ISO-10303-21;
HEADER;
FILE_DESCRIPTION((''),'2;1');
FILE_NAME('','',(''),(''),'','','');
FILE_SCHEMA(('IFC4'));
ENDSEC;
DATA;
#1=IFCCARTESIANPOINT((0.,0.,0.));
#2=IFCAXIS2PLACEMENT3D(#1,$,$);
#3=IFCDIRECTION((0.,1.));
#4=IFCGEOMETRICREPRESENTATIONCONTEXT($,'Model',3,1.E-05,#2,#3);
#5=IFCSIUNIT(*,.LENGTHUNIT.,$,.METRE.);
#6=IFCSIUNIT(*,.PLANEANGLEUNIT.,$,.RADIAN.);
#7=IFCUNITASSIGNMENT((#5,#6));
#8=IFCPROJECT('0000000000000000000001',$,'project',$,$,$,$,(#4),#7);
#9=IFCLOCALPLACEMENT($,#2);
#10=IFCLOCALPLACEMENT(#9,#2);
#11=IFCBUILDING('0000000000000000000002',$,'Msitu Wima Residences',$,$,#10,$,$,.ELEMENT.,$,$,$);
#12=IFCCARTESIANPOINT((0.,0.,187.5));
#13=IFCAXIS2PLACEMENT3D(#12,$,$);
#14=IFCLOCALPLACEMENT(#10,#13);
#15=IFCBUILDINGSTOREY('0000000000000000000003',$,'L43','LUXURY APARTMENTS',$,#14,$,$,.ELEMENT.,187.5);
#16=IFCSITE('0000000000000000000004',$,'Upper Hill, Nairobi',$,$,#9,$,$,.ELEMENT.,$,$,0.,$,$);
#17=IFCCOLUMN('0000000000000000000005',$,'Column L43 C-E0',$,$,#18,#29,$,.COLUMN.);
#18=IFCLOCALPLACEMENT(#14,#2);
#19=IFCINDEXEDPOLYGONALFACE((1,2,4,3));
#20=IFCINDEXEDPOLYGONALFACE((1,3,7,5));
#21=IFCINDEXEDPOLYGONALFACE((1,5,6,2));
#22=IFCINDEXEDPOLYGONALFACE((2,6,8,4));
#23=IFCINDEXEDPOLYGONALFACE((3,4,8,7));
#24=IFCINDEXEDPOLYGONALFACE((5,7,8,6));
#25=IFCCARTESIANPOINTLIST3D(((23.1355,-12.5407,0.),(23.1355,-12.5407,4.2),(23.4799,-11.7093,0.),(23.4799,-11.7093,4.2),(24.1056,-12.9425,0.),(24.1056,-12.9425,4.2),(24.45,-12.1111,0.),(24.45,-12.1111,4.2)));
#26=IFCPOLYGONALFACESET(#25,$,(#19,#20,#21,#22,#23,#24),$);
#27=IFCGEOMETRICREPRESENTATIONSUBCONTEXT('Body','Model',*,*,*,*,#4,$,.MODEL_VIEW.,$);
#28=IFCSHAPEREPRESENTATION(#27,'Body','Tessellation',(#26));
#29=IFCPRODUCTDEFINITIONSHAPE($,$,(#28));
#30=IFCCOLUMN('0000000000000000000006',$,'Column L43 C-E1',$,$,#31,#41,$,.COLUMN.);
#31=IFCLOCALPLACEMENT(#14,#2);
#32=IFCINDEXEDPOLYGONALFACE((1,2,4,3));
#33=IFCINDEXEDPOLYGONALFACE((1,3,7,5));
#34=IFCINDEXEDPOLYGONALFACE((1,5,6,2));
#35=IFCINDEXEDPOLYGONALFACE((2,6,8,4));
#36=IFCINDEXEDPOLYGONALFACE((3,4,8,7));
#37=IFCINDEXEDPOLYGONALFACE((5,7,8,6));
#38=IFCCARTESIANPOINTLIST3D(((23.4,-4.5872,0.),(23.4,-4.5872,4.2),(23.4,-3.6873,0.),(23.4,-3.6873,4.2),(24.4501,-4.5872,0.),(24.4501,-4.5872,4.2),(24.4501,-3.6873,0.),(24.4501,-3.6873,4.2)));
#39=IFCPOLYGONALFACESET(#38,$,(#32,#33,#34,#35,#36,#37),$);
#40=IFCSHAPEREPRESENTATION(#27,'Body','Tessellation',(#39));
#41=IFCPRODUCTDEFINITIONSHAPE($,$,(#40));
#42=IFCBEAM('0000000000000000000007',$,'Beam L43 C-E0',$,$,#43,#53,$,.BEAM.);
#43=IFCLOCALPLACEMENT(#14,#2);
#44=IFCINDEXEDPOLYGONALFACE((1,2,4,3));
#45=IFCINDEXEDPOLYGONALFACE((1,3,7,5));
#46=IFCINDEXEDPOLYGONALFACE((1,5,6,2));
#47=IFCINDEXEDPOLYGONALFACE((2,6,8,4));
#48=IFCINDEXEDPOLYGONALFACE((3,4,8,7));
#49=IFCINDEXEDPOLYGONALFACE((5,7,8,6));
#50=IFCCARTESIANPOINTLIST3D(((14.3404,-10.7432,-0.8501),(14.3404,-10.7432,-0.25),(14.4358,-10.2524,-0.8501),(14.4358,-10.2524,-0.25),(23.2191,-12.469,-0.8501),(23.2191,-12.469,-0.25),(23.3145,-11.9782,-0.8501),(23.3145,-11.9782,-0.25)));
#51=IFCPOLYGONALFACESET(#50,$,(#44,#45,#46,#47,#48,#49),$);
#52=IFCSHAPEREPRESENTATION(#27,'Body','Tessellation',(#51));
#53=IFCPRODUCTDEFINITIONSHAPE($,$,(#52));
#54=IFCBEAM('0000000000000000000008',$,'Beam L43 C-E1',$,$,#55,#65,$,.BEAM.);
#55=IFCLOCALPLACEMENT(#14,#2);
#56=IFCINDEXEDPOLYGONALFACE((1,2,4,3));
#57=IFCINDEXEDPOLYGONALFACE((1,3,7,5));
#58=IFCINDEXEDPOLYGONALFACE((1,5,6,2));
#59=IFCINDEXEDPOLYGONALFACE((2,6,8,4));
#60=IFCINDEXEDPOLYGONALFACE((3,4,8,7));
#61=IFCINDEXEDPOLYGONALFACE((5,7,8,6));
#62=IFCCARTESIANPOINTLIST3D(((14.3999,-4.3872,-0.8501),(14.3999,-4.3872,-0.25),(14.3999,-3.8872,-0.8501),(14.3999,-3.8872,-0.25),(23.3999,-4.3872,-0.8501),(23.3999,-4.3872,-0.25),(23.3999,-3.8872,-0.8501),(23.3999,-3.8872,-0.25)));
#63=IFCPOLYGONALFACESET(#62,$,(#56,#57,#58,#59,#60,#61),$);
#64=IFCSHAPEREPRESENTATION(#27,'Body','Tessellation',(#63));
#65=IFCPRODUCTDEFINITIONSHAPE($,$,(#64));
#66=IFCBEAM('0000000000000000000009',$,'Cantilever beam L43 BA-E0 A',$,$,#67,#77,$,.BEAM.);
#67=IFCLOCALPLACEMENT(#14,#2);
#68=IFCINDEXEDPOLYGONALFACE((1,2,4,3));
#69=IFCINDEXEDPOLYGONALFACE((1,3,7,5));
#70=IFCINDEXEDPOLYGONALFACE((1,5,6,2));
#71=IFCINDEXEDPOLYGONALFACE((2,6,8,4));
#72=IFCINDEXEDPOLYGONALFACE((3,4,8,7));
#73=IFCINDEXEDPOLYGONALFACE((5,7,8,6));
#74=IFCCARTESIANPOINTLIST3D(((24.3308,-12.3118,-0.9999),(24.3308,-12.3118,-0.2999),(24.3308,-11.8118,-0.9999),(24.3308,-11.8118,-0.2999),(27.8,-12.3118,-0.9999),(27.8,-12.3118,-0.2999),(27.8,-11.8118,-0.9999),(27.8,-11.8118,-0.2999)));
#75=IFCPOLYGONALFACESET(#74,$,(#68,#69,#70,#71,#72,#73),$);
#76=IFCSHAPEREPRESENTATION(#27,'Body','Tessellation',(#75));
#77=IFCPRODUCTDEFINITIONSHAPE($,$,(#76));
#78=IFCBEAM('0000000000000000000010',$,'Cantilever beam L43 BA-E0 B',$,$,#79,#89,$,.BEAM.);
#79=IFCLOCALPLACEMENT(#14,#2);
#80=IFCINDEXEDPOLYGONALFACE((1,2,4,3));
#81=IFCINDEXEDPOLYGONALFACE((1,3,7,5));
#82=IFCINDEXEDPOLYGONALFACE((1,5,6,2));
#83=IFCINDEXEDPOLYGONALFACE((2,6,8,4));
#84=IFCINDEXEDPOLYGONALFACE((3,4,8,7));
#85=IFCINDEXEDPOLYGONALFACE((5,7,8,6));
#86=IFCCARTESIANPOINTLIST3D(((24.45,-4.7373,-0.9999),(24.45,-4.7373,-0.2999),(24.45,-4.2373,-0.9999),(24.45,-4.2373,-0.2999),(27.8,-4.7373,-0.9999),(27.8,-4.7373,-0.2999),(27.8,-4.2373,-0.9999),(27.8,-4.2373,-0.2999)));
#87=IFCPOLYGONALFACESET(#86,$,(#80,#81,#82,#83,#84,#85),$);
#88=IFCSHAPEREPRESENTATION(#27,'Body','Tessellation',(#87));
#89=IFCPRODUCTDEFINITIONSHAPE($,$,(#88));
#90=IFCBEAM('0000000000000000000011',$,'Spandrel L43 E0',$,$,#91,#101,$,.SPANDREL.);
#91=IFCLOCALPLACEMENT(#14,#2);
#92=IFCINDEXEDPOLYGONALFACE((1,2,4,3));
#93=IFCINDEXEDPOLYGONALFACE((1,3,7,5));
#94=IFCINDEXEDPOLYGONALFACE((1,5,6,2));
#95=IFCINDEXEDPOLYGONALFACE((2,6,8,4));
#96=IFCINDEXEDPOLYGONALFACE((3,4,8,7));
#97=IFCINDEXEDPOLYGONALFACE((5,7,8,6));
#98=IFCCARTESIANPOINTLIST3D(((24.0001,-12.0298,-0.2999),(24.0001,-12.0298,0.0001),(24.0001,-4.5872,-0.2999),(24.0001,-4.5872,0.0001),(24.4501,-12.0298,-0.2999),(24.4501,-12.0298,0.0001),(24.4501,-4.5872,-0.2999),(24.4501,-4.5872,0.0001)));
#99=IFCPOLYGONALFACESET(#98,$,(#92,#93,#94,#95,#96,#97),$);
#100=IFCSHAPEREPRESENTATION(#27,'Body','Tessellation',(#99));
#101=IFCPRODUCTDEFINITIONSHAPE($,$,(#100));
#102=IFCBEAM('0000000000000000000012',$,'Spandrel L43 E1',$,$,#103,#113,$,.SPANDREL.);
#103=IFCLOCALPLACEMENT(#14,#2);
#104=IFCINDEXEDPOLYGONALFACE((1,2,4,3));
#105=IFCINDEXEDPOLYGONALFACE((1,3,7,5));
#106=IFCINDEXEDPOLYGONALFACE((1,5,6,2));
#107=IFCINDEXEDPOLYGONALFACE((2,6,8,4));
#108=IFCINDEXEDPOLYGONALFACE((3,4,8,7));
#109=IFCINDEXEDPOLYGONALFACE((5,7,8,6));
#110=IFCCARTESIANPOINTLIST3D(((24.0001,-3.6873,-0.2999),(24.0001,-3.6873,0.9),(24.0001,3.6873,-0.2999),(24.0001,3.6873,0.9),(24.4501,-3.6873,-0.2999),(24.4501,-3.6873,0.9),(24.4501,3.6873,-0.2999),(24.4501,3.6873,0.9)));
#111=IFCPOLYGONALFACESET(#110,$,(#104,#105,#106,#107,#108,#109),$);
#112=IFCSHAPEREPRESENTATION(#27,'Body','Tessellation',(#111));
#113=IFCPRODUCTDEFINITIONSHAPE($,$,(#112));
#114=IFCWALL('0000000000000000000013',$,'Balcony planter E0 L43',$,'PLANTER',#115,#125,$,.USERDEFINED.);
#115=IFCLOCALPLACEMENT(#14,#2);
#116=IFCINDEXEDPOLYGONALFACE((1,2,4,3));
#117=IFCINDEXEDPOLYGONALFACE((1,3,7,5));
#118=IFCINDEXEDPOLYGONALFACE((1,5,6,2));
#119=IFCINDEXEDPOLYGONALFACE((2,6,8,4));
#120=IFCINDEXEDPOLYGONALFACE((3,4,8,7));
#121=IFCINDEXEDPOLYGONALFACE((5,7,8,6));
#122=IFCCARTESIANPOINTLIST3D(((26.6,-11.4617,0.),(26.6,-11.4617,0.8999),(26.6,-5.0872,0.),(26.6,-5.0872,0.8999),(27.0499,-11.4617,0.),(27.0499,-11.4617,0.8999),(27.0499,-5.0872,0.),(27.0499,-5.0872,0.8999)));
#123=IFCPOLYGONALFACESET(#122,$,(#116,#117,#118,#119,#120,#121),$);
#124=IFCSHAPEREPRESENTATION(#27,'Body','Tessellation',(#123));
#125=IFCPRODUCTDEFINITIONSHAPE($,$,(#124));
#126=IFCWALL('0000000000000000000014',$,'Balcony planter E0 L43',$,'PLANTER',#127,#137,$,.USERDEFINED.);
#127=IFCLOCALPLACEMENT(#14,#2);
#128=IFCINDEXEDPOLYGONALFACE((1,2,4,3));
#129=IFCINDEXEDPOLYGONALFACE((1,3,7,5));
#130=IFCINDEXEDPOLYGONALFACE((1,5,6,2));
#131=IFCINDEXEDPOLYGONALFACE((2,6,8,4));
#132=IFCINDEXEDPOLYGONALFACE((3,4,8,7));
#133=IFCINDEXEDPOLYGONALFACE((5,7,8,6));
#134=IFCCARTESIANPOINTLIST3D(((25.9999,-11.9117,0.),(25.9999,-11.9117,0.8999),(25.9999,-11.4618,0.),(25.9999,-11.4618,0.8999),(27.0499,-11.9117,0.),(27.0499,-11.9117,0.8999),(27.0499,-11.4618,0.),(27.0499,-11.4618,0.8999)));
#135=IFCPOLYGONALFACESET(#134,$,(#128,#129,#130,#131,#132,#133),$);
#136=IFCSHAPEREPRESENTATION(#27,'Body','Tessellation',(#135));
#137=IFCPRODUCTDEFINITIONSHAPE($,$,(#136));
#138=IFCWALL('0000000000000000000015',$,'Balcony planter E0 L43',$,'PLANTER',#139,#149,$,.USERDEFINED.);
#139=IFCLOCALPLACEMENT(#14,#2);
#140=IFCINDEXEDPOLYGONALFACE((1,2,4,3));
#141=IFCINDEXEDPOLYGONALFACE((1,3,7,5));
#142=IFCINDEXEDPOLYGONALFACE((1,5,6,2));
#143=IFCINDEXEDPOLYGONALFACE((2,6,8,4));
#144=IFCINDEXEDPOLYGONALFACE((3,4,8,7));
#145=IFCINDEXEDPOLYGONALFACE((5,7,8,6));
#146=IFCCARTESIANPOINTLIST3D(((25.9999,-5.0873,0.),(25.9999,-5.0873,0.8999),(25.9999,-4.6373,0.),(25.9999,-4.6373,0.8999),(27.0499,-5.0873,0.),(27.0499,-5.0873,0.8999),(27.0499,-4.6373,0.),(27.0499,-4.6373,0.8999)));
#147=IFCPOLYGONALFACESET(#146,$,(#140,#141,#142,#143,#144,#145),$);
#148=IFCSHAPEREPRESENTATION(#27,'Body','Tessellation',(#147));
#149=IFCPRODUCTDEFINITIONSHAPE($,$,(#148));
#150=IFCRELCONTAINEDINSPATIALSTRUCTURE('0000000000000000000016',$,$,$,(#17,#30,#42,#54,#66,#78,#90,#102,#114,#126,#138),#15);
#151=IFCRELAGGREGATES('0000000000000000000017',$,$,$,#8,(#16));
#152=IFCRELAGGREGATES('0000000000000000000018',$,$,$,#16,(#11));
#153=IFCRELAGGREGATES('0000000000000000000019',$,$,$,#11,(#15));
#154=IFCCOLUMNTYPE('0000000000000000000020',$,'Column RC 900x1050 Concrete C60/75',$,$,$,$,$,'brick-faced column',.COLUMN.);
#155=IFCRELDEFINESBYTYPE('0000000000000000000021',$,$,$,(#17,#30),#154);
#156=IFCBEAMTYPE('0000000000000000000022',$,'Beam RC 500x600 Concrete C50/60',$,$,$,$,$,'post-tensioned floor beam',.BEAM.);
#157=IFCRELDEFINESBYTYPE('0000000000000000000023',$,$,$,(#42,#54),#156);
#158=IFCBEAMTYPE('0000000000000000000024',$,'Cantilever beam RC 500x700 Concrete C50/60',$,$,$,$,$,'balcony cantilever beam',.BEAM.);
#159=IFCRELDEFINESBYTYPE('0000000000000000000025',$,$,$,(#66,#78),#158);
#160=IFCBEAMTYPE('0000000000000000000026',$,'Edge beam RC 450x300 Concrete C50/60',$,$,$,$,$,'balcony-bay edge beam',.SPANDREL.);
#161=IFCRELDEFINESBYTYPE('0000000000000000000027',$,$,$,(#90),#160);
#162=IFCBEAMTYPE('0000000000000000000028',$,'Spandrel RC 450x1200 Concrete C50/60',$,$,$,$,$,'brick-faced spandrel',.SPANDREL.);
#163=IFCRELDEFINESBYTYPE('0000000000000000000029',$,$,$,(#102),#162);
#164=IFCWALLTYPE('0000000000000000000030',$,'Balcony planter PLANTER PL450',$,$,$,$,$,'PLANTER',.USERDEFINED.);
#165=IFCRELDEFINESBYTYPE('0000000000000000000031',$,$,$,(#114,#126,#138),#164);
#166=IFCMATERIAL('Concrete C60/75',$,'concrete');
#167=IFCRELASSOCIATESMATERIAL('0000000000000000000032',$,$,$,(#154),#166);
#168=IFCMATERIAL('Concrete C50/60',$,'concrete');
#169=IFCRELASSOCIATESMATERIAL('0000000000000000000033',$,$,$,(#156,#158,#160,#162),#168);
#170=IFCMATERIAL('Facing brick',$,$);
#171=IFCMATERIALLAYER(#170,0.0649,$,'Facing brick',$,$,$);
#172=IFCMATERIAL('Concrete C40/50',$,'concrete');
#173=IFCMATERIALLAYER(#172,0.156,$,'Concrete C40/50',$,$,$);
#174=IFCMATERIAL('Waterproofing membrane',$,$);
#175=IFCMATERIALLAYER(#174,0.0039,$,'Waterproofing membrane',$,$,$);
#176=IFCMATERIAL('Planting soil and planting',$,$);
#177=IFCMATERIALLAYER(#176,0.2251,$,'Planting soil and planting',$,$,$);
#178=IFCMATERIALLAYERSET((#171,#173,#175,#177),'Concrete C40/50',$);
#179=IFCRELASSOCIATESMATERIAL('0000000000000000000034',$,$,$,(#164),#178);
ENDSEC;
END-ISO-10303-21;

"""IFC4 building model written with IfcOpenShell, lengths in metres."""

from ifc_helpers import new_model, si_unit, direction, frame, frame_2d, origin, origin_2d, place, context, subcontext, project, spatial, rectangle, extrude, material, layer, layer_set, material_profile, profile_set, type_object, element, save


model = new_model("IFC4")

# Units and contexts
model_context = context("Model", 3, precision=1e-05, world=origin(), true_north=direction((0.0, 1.0)))
body_context = subcontext(model_context, "Body", "Model", "MODEL_VIEW")
ifc_project = project(units=[si_unit("LENGTHUNIT", "METRE"), si_unit("PLANEANGLEUNIT", "RADIAN")], contexts=[model_context])

# Site, building, storey
site_placement = place(None, origin())
site = spatial("IfcSite", under=ifc_project, at=site_placement, Name="Upper Hill, Nairobi", CompositionType="ELEMENT", RefElevation=0.0)
building_placement = place(site_placement, origin())
building = spatial("IfcBuilding", under=site, at=building_placement, Name="Msitu Wima Residences", CompositionType="ELEMENT")
storey_placement = place(building_placement, frame((0.0, 0.0, 187.5)))
storey = spatial("IfcBuildingStorey", under=building, at=storey_placement, Name="L43", Description="LUXURY APARTMENTS", CompositionType="ELEMENT", Elevation=187.5)

# Columns
ifc_material_1 = material(Name="Concrete C60/75", Category="concrete")
ifc_material_profile_1 = material_profile(ifc_material_1, rectangle(XDim=0.8999, YDim=1.05, at=origin_2d()), Name="RC 900x1050")
ifc_profile_set_1 = profile_set([ifc_material_profile_1], Name="Concrete C60/75")
column_type = type_object("IfcColumnType", Name="Column RC 900x1050 Concrete C60/75", ElementType="brick-faced column", PredefinedType="COLUMN", material=ifc_profile_set_1)
for number, where, z_axis, x_axis, name in (
    (1, (23.7927, -12.3259, 0.0), (0.0, 0.0, 1.0), (0.382683, 0.92388, 0.0), "Column L43 C-E0"),
    (2, (23.925, -4.1372, 0.0), (0.0, 0.0, 1.0), (0.0, 1.0, 0.0), "Column L43 C-E1"),
):
    element("IfcColumn", number, at=place(storey_placement, frame(where, z_axis=z_axis, x_axis=x_axis)), inside=storey, type_object=column_type, Name=name, PredefinedType="COLUMN", context=body_context, shape_type="SweptSolid", body=[
        extrude(rectangle(XDim=0.8999, YDim=1.05, at=origin_2d()), origin(), (0.0, 0.0, 1.0), 4.2),
    ])

# Beams
ifc_material_2 = material(Name="Concrete C50/60", Category="concrete")
ifc_material_profile_2 = material_profile(ifc_material_2, rectangle(XDim=0.5, YDim=0.6001, at=origin_2d()), Name="RC 500x600")
ifc_profile_set_2 = profile_set([ifc_material_profile_2], Name="Concrete C50/60")
beam_type_1 = type_object("IfcBeamType", Name="Beam RC 500x600 Concrete C50/60", ElementType="post-tensioned floor beam", PredefinedType="BEAM", material=ifc_profile_set_2)
beam_1_placement = place(storey_placement, frame((23.2668, -12.2236, -0.55), z_axis=(-0.981627, 0.190808, 0.0), x_axis=(-0.190808, -0.981627, 0.0)))
element("IfcBeam", 3, at=beam_1_placement, inside=storey, type_object=beam_type_1, Name="Beam L43 C-E0", PredefinedType="BEAM", context=body_context, shape_type="SweptSolid", body=[
    extrude(rectangle(XDim=0.5, YDim=0.6001, at=origin_2d()), origin(), (0.0, 0.0, 1.0), 9.0449),
])
beam_2_placement = place(storey_placement, frame((23.3999, -4.1372, -0.55), z_axis=(-1.0, 0.0, 0.0), x_axis=(0.0, -1.0, 0.0)))
element("IfcBeam", 4, at=beam_2_placement, inside=storey, type_object=beam_type_1, Name="Beam L43 C-E1", PredefinedType="BEAM", context=body_context, shape_type="SweptSolid", body=[
    extrude(rectangle(XDim=0.5, YDim=0.6001, at=origin_2d()), origin(), (0.0, 0.0, 1.0), 9.0),
])
ifc_material_profile_3 = material_profile(ifc_material_2, rectangle(XDim=0.5, YDim=0.7, at=origin_2d()), Name="RC 500x700")
ifc_profile_set_3 = profile_set([ifc_material_profile_3], Name="Concrete C50/60")
beam_type_2 = type_object("IfcBeamType", Name="Cantilever beam RC 500x700 Concrete C50/60", ElementType="balcony cantilever beam", PredefinedType="BEAM", material=ifc_profile_set_3)
beam_3_placement = place(storey_placement, frame((24.3308, -12.0618, -0.6499), z_axis=(1.0, 0.0, 0.0), x_axis=(0.0, 1.0, 0.0)))
element("IfcBeam", 5, at=beam_3_placement, inside=storey, type_object=beam_type_2, Name="Cantilever beam L43 BA-E0 A", PredefinedType="BEAM", context=body_context, shape_type="SweptSolid", body=[
    extrude(rectangle(XDim=0.5, YDim=0.7, at=origin_2d()), origin(), (0.0, 0.0, 1.0), 3.4692),
])
beam_4_placement = place(storey_placement, frame((24.45, -4.4873, -0.6499), z_axis=(1.0, 0.0, 0.0), x_axis=(0.0, 1.0, 0.0)))
element("IfcBeam", 6, at=beam_4_placement, inside=storey, type_object=beam_type_2, Name="Cantilever beam L43 BA-E0 B", PredefinedType="BEAM", context=body_context, shape_type="SweptSolid", body=[
    extrude(rectangle(XDim=0.5, YDim=0.7, at=origin_2d()), origin(), (0.0, 0.0, 1.0), 3.3501),
])
ifc_material_profile_4 = material_profile(ifc_material_2, rectangle(XDim=0.45, YDim=0.3, at=origin_2d()), Name="RC 450x300")
ifc_profile_set_4 = profile_set([ifc_material_profile_4], Name="Concrete C50/60")
beam_type_3 = type_object("IfcBeamType", Name="Edge beam RC 450x300 Concrete C50/60", ElementType="balcony-bay edge beam", PredefinedType="SPANDREL", material=ifc_profile_set_4)
beam_5_placement = place(storey_placement, frame((24.2251, -12.0298, -0.1499), z_axis=(0.0, 1.0, 0.0), x_axis=(-1.0, 0.0, 0.0)))
element("IfcBeam", 7, at=beam_5_placement, inside=storey, type_object=beam_type_3, Name="Spandrel L43 E0", PredefinedType="SPANDREL", context=body_context, shape_type="SweptSolid", body=[
    extrude(rectangle(XDim=0.45, YDim=0.3, at=origin_2d()), origin(), (0.0, 0.0, 1.0), 7.4426),
])
ifc_material_profile_5 = material_profile(ifc_material_2, rectangle(XDim=0.45, YDim=1.2, at=origin_2d()), Name="RC 450x1200")
ifc_profile_set_5 = profile_set([ifc_material_profile_5], Name="Concrete C50/60")
beam_type_4 = type_object("IfcBeamType", Name="Spandrel RC 450x1200 Concrete C50/60", ElementType="brick-faced spandrel", PredefinedType="SPANDREL", material=ifc_profile_set_5)
beam_6_placement = place(storey_placement, frame((24.2251, -3.6873, 0.3), z_axis=(0.0, 1.0, 0.0), x_axis=(-1.0, 0.0, 0.0)))
element("IfcBeam", 8, at=beam_6_placement, inside=storey, type_object=beam_type_4, Name="Spandrel L43 E1", PredefinedType="SPANDREL", context=body_context, shape_type="SweptSolid", body=[
    extrude(rectangle(XDim=0.45, YDim=1.2, at=origin_2d()), origin(), (0.0, 0.0, 1.0), 7.3745),
])

# Walls
ifc_material_3 = material(Name="Facing brick")
ifc_layer_1 = layer(ifc_material_3, 0.0649, Name="Facing brick")
ifc_material_4 = material(Name="Concrete C40/50", Category="concrete")
ifc_layer_2 = layer(ifc_material_4, 0.156, Name="Concrete C40/50")
ifc_material_5 = material(Name="Waterproofing membrane")
ifc_layer_3 = layer(ifc_material_5, 0.0039, Name="Waterproofing membrane")
ifc_material_6 = material(Name="Planting soil and planting")
ifc_layer_4 = layer(ifc_material_6, 0.2251, Name="Planting soil and planting")
ifc_layer_set_1 = layer_set([ifc_layer_1, ifc_layer_2, ifc_layer_3, ifc_layer_4], Name="Concrete C40/50")
wall_type_1 = type_object("IfcWallType", Name="Balcony planter PLANTER PL450", ElementType="PLANTER", PredefinedType="USERDEFINED", material=ifc_layer_set_1)
wall_1_placement = place(storey_placement, frame((26.825, -11.4617, 0.0), z_axis=(0.0, 0.0, 1.0), x_axis=(0.0, 1.0, 0.0)))
element("IfcWall", 9, at=wall_1_placement, inside=storey, type_object=wall_type_1, Name="Balcony planter E0 L43", ObjectType="PLANTER", PredefinedType="USERDEFINED", context=body_context, shape_type="SweptSolid", body=[
    extrude(rectangle(XDim=6.3745, YDim=0.45, at=frame_2d((3.1873, 0.0))), origin(), (0.0, 0.0, 1.0), 0.8999),
])
for number, where, z_axis, x_axis, name in (
    (10, (26.0, -11.6868, 0.0), (0.0, 0.0, 1.0), (1.0, 0.0, 0.0), "Balcony planter E0 L43"),
    (11, (26.0, -4.8623, 0.0), (0.0, 0.0, 1.0), (1.0, 0.0, 0.0), "Balcony planter E0 L43"),
):
    element("IfcWall", number, at=place(storey_placement, frame(where, z_axis=z_axis, x_axis=x_axis)), inside=storey, type_object=wall_type_1, Name=name, ObjectType="PLANTER", PredefinedType="USERDEFINED", context=body_context, shape_type="SweptSolid", body=[
        extrude(rectangle(XDim=1.05, YDim=0.45, at=frame_2d((0.5249, 0.0))), origin(), (0.0, 0.0, 1.0), 0.8999),
    ])

save(model, "model.ifc")
